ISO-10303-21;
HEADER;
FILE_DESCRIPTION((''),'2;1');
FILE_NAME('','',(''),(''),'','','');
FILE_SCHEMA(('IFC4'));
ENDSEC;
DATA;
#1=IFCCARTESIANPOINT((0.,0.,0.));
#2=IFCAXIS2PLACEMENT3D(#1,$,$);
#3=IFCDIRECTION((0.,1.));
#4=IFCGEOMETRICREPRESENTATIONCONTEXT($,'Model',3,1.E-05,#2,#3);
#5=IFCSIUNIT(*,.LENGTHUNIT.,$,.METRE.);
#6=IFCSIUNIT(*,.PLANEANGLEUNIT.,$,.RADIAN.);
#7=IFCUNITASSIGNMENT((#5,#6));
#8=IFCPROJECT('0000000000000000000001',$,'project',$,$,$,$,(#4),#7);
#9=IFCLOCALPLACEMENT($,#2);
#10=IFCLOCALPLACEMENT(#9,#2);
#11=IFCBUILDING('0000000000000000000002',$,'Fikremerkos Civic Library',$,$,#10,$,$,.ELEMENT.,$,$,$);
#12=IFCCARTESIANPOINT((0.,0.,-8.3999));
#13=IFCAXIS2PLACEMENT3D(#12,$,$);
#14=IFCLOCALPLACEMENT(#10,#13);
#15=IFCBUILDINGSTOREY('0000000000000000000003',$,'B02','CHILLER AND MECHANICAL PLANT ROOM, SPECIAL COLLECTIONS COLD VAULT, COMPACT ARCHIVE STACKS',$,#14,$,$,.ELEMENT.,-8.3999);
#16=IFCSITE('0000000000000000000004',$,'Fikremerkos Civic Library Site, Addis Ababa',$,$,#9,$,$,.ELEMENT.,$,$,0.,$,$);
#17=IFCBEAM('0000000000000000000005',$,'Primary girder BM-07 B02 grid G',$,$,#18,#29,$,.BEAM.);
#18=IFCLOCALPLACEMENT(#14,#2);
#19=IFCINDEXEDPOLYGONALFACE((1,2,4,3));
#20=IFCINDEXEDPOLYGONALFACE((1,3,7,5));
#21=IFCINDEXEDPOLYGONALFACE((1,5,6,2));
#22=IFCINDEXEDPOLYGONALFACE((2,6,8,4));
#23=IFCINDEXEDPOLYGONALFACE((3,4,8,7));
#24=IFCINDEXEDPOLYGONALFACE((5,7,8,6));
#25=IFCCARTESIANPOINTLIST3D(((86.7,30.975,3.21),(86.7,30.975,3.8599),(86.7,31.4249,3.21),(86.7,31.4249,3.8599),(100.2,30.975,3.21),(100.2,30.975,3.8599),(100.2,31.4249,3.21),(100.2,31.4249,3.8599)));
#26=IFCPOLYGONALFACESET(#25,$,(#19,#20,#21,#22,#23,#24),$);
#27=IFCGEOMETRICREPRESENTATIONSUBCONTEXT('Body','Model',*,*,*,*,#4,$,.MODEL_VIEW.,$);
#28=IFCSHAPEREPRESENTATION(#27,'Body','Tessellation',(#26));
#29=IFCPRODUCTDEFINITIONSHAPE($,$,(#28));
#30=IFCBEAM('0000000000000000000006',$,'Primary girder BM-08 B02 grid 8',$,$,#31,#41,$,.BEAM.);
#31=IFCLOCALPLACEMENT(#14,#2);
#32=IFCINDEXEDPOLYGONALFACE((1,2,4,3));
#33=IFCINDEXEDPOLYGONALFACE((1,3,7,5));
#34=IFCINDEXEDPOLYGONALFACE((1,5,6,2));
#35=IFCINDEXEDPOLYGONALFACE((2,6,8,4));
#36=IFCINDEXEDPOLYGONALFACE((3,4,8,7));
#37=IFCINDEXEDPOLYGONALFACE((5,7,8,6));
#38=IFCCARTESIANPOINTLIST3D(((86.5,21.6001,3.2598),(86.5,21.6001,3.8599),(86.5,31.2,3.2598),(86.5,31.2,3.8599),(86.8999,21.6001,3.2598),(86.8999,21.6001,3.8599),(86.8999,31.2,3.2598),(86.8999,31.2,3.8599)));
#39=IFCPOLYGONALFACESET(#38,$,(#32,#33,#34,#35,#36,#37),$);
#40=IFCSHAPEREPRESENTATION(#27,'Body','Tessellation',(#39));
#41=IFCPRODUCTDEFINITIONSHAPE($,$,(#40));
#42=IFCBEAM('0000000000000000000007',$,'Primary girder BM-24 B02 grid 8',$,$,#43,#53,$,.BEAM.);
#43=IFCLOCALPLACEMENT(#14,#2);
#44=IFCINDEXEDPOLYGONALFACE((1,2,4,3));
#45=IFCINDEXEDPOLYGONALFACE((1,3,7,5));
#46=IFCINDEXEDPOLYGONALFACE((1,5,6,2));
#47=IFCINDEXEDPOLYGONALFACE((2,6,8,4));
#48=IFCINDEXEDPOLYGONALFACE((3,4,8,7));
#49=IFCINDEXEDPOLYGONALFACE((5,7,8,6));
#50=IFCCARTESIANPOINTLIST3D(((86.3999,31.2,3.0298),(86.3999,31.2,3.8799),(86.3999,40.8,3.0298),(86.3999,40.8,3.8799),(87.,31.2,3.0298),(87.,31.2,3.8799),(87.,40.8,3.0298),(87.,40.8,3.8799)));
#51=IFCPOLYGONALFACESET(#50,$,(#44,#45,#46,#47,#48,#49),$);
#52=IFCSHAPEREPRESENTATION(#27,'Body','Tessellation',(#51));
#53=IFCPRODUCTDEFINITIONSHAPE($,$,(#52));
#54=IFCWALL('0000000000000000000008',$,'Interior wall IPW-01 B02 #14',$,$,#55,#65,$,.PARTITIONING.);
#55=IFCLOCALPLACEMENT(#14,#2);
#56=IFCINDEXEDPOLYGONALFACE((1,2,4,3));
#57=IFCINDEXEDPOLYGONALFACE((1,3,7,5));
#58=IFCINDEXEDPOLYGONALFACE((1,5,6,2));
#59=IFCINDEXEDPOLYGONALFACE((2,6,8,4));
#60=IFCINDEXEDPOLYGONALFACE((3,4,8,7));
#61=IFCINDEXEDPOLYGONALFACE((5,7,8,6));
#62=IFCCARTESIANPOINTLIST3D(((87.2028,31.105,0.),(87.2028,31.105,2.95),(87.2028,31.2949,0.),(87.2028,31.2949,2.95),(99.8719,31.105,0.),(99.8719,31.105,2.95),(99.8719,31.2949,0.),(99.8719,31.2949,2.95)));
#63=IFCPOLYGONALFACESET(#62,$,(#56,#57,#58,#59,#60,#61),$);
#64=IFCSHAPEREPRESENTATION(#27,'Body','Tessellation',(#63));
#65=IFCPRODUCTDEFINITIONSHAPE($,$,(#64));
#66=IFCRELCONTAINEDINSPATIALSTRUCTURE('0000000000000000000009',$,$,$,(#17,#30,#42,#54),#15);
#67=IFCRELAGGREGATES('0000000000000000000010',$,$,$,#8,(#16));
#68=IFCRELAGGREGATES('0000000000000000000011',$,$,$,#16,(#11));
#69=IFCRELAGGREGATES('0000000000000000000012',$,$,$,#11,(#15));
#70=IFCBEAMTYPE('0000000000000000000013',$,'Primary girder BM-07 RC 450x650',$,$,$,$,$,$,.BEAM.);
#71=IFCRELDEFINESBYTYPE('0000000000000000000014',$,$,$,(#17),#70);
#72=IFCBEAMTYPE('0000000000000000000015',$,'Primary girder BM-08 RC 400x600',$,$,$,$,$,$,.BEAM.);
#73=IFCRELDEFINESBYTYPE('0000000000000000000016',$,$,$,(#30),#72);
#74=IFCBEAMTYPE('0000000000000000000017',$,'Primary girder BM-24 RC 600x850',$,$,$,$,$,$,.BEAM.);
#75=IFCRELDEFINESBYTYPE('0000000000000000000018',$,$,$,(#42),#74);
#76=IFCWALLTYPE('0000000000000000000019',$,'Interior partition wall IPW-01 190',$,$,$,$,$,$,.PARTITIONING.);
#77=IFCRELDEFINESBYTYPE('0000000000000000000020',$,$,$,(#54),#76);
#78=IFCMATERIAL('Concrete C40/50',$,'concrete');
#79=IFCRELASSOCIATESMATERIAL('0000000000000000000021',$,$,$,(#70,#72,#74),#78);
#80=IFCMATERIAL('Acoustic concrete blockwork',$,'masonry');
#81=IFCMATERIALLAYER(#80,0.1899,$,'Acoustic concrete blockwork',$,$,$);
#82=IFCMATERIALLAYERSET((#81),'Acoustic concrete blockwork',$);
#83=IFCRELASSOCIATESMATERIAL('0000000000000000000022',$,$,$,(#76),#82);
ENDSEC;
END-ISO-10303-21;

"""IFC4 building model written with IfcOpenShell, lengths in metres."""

from ifc_helpers import new_model, si_unit, direction, frame, frame_2d, origin, origin_2d, place, context, subcontext, project, spatial, rectangle, extrude, material, layer, layer_set, material_profile, profile_set, type_object, element, save


model = new_model("IFC4")

# Units and contexts
model_context = context("Model", 3, precision=1e-05, world=origin(), true_north=direction((0.0, 1.0)))
body_context = subcontext(model_context, "Body", "Model", "MODEL_VIEW")
ifc_project = project(units=[si_unit("LENGTHUNIT", "METRE"), si_unit("PLANEANGLEUNIT", "RADIAN")], contexts=[model_context])

# Site, building, storey
site_placement = place(None, origin())
site = spatial("IfcSite", under=ifc_project, at=site_placement, Name="Fikremerkos Civic Library Site, Addis Ababa", CompositionType="ELEMENT", RefElevation=0.0)
building_placement = place(site_placement, origin())
building = spatial("IfcBuilding", under=site, at=building_placement, Name="Fikremerkos Civic Library", CompositionType="ELEMENT")
storey_placement = place(building_placement, frame((0.0, 0.0, -8.3999)))
storey = spatial("IfcBuildingStorey", under=building, at=storey_placement, Name="B02", Description="CHILLER AND MECHANICAL PLANT ROOM, SPECIAL COLLECTIONS COLD VAULT, COMPACT ARCHIVE STACKS", CompositionType="ELEMENT", Elevation=-8.3999)

# Shared definitions
ifc_material_1 = material(Name="Concrete C40/50", Category="concrete")

# Beams
ifc_material_profile_1 = material_profile(ifc_material_1, rectangle(XDim=0.45, YDim=0.6499, at=origin_2d()), Name="RC 450x650")
ifc_profile_set_1 = profile_set([ifc_material_profile_1], Name="Concrete C40/50")
beam_type_1 = type_object("IfcBeamType", Name="Primary girder BM-07 RC 450x650", PredefinedType="BEAM", material=ifc_profile_set_1)
beam_1_placement = place(storey_placement, frame((86.7, 31.2, 3.5349), z_axis=(1.0, 0.0, 0.0), x_axis=(0.0, 1.0, 0.0)))
element("IfcBeam", 1, at=beam_1_placement, inside=storey, type_object=beam_type_1, Name="Primary girder BM-07 B02 grid G", PredefinedType="BEAM", context=body_context, shape_type="SweptSolid", body=[
    extrude(rectangle(XDim=0.45, YDim=0.6499, at=origin_2d()), origin(), (0.0, 0.0, 1.0), 13.5),
])
ifc_material_profile_2 = material_profile(ifc_material_1, rectangle(XDim=0.3999, YDim=0.6001, at=origin_2d()), Name="RC 400x600")
ifc_profile_set_2 = profile_set([ifc_material_profile_2], Name="Concrete C40/50")
beam_type_2 = type_object("IfcBeamType", Name="Primary girder BM-08 RC 400x600", PredefinedType="BEAM", material=ifc_profile_set_2)
beam_2_placement = place(storey_placement, frame((86.7, 21.6001, 3.5598), z_axis=(0.0, 1.0, 0.0), x_axis=(-1.0, 0.0, 0.0)))
element("IfcBeam", 2, at=beam_2_placement, inside=storey, type_object=beam_type_2, Name="Primary girder BM-08 B02 grid 8", PredefinedType="BEAM", context=body_context, shape_type="SweptSolid", body=[
    extrude(rectangle(XDim=0.3999, YDim=0.6001, at=origin_2d()), origin(), (0.0, 0.0, 1.0), 9.5999),
])
ifc_material_profile_3 = material_profile(ifc_material_1, rectangle(XDim=0.6001, YDim=0.8501, at=origin_2d()), Name="RC 600x850")
ifc_profile_set_3 = profile_set([ifc_material_profile_3], Name="Concrete C40/50")
beam_type_3 = type_object("IfcBeamType", Name="Primary girder BM-24 RC 600x850", PredefinedType="BEAM", material=ifc_profile_set_3)
beam_3_placement = place(storey_placement, frame((86.7, 31.2, 3.4548), z_axis=(0.0, 1.0, 0.0), x_axis=(-1.0, 0.0, 0.0)))
element("IfcBeam", 3, at=beam_3_placement, inside=storey, type_object=beam_type_3, Name="Primary girder BM-24 B02 grid 8", PredefinedType="BEAM", context=body_context, shape_type="SweptSolid", body=[
    extrude(rectangle(XDim=0.6001, YDim=0.8501, at=origin_2d()), origin(), (0.0, 0.0, 1.0), 9.6001),
])

# Wall
ifc_material_2 = material(Name="Acoustic concrete blockwork", Category="masonry")
ifc_layer = layer(ifc_material_2, 0.1899, Name="Acoustic concrete blockwork")
ifc_layer_set = layer_set([ifc_layer], Name="Acoustic concrete blockwork")
wall_type = type_object("IfcWallType", Name="Interior partition wall IPW-01 190", PredefinedType="PARTITIONING", material=ifc_layer_set)
wall_placement = place(storey_placement, frame((87.2029, 31.2, 0.0), z_axis=(0.0, 0.0, 1.0), x_axis=(1.0, 0.0, 0.0)))
element("IfcWall", 4, at=wall_placement, inside=storey, type_object=wall_type, Name="Interior wall IPW-01 B02 #14", PredefinedType="PARTITIONING", context=body_context, shape_type="SweptSolid", body=[
    extrude(rectangle(XDim=12.6692, YDim=0.1899, at=frame_2d((6.3345, 0.0))), origin(), (0.0, 0.0, 1.0), 2.95),
])

save(model, "model.ifc")
